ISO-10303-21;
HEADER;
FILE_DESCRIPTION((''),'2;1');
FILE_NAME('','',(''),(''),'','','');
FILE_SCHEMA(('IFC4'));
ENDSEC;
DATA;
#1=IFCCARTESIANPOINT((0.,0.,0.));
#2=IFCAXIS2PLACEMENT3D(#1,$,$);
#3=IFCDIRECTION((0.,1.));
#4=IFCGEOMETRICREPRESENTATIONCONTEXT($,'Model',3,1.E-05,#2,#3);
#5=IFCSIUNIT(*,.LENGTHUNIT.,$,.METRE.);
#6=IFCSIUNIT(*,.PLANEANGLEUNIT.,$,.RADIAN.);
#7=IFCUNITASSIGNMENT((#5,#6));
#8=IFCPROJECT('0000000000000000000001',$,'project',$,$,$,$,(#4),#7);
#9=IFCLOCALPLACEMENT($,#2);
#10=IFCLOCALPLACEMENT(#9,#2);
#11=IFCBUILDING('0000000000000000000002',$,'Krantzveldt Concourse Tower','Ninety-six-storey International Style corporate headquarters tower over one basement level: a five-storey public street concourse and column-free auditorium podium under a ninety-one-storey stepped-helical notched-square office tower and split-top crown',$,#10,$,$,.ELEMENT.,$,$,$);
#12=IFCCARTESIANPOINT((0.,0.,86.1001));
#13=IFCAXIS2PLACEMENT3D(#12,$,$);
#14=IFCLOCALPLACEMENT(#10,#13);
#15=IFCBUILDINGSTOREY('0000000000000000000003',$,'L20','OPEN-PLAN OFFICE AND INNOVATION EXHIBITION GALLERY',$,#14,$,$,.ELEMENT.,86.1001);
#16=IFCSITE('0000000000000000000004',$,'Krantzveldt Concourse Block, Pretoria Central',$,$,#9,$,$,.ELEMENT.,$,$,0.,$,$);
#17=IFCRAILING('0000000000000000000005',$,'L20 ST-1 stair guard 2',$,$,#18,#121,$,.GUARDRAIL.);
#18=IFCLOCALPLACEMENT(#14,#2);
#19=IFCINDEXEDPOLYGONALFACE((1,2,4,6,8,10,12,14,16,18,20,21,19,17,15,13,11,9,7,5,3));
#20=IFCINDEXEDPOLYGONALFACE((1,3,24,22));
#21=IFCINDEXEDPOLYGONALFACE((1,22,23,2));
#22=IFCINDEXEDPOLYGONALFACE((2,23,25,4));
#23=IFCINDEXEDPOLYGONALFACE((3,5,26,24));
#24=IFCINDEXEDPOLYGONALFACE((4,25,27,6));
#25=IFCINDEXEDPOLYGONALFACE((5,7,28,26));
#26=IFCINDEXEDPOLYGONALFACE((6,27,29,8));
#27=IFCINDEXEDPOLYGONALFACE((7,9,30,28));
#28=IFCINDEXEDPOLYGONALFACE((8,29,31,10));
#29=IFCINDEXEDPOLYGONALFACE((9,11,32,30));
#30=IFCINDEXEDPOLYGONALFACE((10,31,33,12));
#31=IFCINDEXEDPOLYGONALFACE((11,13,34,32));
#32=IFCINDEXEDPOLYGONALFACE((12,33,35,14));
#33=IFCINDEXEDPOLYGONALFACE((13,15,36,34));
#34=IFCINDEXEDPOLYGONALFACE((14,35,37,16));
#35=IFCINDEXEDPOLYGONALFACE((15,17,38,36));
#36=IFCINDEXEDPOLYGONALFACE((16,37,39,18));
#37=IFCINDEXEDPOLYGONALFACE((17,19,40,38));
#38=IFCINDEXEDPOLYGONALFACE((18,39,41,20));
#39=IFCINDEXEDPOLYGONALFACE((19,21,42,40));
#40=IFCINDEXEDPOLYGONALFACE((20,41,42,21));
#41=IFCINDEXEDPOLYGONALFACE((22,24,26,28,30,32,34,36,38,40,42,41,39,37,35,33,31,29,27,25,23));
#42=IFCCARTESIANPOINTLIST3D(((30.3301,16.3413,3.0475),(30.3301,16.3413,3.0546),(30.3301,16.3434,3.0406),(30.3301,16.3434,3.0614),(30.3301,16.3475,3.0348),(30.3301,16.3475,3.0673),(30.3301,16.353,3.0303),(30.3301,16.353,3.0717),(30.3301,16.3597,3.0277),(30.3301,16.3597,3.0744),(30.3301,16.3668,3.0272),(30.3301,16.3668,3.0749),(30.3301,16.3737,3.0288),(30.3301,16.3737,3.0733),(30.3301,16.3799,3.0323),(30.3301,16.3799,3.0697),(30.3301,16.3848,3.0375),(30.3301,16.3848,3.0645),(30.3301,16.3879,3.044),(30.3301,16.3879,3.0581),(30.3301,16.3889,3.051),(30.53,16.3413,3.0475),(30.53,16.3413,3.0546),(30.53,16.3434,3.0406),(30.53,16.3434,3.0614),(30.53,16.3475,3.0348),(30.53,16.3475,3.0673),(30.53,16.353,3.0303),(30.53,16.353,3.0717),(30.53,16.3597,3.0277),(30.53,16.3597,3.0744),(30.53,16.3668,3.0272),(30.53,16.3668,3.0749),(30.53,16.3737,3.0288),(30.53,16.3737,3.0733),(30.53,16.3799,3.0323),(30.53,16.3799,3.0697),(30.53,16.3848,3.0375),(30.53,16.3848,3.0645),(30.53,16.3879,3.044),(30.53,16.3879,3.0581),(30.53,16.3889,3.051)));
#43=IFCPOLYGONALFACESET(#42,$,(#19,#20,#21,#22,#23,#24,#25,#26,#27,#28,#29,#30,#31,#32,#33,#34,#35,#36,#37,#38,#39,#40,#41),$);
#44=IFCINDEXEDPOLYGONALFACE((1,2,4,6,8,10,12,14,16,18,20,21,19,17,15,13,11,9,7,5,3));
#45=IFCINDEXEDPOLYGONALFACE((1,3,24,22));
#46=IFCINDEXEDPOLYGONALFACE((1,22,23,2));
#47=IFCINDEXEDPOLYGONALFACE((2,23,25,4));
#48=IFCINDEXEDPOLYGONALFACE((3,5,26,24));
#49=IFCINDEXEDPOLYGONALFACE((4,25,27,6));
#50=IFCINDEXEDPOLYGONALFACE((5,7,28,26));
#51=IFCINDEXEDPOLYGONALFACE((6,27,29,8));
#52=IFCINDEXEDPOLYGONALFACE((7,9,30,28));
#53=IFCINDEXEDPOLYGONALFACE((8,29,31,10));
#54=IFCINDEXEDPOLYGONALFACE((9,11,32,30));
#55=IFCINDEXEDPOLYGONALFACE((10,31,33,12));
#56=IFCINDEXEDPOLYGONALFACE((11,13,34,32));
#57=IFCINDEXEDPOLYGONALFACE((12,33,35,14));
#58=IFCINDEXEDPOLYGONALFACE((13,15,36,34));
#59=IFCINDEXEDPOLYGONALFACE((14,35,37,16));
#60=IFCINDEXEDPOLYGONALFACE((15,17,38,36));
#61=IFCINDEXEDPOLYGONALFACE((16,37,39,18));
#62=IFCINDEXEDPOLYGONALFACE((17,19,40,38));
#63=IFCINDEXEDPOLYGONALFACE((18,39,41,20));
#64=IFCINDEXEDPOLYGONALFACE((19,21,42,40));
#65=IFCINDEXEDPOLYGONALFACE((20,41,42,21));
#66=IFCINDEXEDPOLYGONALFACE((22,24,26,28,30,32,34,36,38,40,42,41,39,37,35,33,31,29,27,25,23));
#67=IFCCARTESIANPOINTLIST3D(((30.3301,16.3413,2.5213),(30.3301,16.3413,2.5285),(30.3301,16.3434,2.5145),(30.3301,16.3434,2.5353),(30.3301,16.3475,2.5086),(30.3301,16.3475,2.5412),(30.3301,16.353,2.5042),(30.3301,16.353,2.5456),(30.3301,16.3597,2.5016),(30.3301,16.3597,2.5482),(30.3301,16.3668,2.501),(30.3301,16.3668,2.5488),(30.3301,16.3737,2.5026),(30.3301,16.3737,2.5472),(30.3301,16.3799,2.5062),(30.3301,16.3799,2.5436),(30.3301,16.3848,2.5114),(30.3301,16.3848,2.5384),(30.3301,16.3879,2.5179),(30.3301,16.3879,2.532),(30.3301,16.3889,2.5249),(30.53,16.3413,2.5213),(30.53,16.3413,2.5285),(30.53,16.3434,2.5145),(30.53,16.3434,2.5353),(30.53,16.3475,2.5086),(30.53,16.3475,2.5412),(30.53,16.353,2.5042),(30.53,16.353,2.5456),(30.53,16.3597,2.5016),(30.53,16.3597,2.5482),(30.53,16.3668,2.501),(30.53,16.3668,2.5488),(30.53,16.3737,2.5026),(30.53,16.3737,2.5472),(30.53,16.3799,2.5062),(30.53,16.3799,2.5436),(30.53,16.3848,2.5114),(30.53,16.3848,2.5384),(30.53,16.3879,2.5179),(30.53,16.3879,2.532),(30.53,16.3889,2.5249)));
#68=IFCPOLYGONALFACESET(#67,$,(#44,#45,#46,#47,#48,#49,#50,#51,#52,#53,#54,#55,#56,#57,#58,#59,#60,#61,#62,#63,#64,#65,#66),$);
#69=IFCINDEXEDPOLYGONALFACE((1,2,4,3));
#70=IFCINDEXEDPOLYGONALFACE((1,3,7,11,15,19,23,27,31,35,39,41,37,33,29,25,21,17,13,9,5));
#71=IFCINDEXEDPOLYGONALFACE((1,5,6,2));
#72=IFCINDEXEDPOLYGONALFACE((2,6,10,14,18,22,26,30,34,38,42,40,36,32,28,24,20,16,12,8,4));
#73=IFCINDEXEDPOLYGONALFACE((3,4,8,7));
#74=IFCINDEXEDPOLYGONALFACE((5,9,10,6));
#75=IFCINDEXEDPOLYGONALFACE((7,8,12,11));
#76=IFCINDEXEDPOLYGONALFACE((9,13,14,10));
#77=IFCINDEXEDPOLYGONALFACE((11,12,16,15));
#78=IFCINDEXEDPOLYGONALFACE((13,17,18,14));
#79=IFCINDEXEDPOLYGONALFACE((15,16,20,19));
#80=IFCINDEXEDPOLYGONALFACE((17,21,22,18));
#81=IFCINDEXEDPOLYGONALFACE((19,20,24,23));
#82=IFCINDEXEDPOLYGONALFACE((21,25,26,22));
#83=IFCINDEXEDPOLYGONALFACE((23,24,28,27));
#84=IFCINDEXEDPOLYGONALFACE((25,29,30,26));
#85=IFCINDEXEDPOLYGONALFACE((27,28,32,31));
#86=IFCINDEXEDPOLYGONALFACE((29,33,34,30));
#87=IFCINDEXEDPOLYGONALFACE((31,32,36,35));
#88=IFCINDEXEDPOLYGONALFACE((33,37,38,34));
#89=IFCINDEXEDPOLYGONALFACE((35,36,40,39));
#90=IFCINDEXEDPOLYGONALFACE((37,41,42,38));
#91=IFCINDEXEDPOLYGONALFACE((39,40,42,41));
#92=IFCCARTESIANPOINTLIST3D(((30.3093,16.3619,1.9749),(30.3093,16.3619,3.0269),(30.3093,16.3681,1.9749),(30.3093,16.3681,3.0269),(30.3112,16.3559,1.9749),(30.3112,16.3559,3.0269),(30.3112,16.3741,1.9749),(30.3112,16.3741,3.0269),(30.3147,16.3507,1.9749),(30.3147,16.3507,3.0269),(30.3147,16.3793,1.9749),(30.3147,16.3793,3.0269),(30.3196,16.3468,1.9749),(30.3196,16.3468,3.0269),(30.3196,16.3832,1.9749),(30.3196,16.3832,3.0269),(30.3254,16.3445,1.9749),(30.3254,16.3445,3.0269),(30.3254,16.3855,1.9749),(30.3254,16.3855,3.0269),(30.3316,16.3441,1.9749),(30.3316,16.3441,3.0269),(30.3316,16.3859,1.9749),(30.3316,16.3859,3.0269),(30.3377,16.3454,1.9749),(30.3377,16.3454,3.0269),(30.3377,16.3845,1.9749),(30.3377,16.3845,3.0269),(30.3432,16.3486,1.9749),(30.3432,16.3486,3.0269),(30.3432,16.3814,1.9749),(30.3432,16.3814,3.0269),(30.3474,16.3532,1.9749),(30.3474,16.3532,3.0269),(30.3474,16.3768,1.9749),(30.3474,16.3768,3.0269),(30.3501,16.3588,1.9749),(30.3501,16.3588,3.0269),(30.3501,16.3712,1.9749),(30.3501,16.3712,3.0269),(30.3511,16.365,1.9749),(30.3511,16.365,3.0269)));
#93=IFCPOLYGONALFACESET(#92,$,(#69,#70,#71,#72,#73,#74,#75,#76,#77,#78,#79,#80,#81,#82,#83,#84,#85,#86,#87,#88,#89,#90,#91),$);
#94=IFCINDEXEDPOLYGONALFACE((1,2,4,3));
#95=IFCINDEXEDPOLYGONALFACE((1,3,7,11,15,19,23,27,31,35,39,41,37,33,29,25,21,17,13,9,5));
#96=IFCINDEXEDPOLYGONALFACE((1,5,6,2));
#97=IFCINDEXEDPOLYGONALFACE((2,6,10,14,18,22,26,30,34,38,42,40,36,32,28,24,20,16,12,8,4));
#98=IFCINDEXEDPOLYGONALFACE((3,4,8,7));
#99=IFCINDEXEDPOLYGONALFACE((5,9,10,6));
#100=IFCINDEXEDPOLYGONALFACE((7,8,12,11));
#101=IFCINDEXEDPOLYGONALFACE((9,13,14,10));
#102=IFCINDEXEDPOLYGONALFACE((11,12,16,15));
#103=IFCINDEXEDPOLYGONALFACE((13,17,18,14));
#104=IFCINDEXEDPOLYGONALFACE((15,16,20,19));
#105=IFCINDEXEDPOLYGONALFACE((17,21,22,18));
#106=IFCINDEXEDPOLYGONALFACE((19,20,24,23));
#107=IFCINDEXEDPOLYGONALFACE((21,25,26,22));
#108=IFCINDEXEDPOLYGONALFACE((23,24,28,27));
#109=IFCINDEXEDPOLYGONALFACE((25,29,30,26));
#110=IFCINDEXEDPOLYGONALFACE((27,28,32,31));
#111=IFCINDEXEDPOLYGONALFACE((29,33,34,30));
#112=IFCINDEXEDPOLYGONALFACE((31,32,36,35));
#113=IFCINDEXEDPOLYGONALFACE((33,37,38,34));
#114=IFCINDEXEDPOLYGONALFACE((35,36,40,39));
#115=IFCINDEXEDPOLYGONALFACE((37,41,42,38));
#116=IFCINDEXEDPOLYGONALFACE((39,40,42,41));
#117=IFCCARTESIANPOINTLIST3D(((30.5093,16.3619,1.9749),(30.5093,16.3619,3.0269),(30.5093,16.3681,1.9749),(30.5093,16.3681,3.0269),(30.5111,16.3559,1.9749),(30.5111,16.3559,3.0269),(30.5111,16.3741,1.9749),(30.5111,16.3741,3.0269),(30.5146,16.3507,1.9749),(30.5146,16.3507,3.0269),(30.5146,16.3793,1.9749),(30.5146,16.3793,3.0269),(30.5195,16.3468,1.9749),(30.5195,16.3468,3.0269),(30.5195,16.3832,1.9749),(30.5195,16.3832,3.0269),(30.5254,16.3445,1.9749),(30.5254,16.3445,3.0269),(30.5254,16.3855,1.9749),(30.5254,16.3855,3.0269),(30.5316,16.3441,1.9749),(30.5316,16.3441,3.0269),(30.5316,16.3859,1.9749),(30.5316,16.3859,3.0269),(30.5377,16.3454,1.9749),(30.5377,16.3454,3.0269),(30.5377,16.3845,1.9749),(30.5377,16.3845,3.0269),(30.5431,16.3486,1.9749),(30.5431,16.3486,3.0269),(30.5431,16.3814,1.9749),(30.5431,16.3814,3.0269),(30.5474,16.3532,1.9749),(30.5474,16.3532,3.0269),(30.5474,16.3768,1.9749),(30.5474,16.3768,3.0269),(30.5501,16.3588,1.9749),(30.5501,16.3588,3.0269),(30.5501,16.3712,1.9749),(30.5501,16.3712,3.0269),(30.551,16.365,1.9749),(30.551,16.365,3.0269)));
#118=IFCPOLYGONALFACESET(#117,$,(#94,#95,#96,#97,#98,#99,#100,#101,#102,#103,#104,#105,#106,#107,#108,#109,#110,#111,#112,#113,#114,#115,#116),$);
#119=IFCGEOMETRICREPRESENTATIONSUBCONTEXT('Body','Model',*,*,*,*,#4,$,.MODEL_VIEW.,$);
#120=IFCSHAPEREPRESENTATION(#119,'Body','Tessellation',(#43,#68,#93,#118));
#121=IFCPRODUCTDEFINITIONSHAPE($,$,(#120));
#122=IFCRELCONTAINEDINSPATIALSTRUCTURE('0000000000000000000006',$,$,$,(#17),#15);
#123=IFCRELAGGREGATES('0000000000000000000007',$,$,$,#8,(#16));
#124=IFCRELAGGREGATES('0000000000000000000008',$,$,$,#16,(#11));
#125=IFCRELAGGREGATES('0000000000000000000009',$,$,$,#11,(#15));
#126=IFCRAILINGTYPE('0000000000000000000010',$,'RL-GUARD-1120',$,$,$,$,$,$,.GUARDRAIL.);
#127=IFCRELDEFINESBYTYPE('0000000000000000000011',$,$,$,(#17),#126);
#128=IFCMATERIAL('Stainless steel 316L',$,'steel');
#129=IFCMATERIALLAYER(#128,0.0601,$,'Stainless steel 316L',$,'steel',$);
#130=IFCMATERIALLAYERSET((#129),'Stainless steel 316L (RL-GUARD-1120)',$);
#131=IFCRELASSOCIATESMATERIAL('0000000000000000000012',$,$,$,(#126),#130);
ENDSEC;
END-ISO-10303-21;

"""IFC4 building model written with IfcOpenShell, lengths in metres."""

from ifc_helpers import new_model, si_unit, direction, frame, origin, origin_2d, place, context, subcontext, project, spatial, circle, extrude, material, layer, layer_set, type_object, element, save


model = new_model("IFC4")

# Units and contexts
model_context = context("Model", 3, precision=1e-05, world=origin(), true_north=direction((0.0, 1.0)))
body_context = subcontext(model_context, "Body", "Model", "MODEL_VIEW")
ifc_project = project(units=[si_unit("LENGTHUNIT", "METRE"), si_unit("PLANEANGLEUNIT", "RADIAN")], contexts=[model_context])

# Site, building, storey
site_placement = place(None, origin())
site = spatial("IfcSite", under=ifc_project, at=site_placement, Name="Krantzveldt Concourse Block, Pretoria Central", CompositionType="ELEMENT", RefElevation=0.0)
building_placement = place(site_placement, origin())
building = spatial("IfcBuilding", under=site, at=building_placement, Name="Krantzveldt Concourse Tower", Description="Ninety-six-storey International Style corporate headquarters tower over one basement level: a five-storey public street concourse and column-free auditorium podium under a ninety-one-storey stepped-helical notched-square office tower and split-top crown", CompositionType="ELEMENT")
storey_placement = place(building_placement, frame((0.0, 0.0, 86.1001)))
storey = spatial("IfcBuildingStorey", under=building, at=storey_placement, Name="L20", Description="OPEN-PLAN OFFICE AND INNOVATION EXHIBITION GALLERY", CompositionType="ELEMENT", Elevation=86.1001)

# Railing
ifc_material_1 = material(Name="Stainless steel 316L", Category="steel")
ifc_layer_1 = layer(ifc_material_1, 0.0601, Name="Stainless steel 316L", Category="steel")
ifc_layer_set_1 = layer_set([ifc_layer_1], Name="Stainless steel 316L (RL-GUARD-1120)")
railing_type_1 = type_object("IfcRailingType", Name="RL-GUARD-1120", PredefinedType="GUARDRAIL", material=ifc_layer_set_1)
railing_1_placement = place(storey_placement, frame((30.3301, 16.365, 1.9749)))
element("IfcRailing", 1, at=railing_1_placement, inside=storey, type_object=railing_type_1, Name="L20 ST-1 stair guard 2", PredefinedType="GUARDRAIL", context=body_context, shape_type="SweptSolid", body=[
    extrude(circle(Radius=0.0239, at=origin_2d()), frame((0.0, 0.0, 1.0762), z_axis=(1.0, 0.0, 0.0), x_axis=(0.0, 1.0, 0.0)), (0.0, 0.0, 1.0), 0.2),
    extrude(circle(Radius=0.0239, at=origin_2d()), frame((0.0, 0.0, 0.55), z_axis=(1.0, 0.0, 0.0), x_axis=(0.0, 1.0, 0.0)), (0.0, 0.0, 1.0), 0.2),
    extrude(circle(Radius=0.021, at=origin_2d()), origin(), (0.0, 0.0, 1.0), 1.052),
    extrude(circle(Radius=0.021, at=origin_2d()), frame((0.2, 0.0, 0.0)), (0.0, 0.0, 1.0), 1.052),
])

save(model, "model.ifc")
